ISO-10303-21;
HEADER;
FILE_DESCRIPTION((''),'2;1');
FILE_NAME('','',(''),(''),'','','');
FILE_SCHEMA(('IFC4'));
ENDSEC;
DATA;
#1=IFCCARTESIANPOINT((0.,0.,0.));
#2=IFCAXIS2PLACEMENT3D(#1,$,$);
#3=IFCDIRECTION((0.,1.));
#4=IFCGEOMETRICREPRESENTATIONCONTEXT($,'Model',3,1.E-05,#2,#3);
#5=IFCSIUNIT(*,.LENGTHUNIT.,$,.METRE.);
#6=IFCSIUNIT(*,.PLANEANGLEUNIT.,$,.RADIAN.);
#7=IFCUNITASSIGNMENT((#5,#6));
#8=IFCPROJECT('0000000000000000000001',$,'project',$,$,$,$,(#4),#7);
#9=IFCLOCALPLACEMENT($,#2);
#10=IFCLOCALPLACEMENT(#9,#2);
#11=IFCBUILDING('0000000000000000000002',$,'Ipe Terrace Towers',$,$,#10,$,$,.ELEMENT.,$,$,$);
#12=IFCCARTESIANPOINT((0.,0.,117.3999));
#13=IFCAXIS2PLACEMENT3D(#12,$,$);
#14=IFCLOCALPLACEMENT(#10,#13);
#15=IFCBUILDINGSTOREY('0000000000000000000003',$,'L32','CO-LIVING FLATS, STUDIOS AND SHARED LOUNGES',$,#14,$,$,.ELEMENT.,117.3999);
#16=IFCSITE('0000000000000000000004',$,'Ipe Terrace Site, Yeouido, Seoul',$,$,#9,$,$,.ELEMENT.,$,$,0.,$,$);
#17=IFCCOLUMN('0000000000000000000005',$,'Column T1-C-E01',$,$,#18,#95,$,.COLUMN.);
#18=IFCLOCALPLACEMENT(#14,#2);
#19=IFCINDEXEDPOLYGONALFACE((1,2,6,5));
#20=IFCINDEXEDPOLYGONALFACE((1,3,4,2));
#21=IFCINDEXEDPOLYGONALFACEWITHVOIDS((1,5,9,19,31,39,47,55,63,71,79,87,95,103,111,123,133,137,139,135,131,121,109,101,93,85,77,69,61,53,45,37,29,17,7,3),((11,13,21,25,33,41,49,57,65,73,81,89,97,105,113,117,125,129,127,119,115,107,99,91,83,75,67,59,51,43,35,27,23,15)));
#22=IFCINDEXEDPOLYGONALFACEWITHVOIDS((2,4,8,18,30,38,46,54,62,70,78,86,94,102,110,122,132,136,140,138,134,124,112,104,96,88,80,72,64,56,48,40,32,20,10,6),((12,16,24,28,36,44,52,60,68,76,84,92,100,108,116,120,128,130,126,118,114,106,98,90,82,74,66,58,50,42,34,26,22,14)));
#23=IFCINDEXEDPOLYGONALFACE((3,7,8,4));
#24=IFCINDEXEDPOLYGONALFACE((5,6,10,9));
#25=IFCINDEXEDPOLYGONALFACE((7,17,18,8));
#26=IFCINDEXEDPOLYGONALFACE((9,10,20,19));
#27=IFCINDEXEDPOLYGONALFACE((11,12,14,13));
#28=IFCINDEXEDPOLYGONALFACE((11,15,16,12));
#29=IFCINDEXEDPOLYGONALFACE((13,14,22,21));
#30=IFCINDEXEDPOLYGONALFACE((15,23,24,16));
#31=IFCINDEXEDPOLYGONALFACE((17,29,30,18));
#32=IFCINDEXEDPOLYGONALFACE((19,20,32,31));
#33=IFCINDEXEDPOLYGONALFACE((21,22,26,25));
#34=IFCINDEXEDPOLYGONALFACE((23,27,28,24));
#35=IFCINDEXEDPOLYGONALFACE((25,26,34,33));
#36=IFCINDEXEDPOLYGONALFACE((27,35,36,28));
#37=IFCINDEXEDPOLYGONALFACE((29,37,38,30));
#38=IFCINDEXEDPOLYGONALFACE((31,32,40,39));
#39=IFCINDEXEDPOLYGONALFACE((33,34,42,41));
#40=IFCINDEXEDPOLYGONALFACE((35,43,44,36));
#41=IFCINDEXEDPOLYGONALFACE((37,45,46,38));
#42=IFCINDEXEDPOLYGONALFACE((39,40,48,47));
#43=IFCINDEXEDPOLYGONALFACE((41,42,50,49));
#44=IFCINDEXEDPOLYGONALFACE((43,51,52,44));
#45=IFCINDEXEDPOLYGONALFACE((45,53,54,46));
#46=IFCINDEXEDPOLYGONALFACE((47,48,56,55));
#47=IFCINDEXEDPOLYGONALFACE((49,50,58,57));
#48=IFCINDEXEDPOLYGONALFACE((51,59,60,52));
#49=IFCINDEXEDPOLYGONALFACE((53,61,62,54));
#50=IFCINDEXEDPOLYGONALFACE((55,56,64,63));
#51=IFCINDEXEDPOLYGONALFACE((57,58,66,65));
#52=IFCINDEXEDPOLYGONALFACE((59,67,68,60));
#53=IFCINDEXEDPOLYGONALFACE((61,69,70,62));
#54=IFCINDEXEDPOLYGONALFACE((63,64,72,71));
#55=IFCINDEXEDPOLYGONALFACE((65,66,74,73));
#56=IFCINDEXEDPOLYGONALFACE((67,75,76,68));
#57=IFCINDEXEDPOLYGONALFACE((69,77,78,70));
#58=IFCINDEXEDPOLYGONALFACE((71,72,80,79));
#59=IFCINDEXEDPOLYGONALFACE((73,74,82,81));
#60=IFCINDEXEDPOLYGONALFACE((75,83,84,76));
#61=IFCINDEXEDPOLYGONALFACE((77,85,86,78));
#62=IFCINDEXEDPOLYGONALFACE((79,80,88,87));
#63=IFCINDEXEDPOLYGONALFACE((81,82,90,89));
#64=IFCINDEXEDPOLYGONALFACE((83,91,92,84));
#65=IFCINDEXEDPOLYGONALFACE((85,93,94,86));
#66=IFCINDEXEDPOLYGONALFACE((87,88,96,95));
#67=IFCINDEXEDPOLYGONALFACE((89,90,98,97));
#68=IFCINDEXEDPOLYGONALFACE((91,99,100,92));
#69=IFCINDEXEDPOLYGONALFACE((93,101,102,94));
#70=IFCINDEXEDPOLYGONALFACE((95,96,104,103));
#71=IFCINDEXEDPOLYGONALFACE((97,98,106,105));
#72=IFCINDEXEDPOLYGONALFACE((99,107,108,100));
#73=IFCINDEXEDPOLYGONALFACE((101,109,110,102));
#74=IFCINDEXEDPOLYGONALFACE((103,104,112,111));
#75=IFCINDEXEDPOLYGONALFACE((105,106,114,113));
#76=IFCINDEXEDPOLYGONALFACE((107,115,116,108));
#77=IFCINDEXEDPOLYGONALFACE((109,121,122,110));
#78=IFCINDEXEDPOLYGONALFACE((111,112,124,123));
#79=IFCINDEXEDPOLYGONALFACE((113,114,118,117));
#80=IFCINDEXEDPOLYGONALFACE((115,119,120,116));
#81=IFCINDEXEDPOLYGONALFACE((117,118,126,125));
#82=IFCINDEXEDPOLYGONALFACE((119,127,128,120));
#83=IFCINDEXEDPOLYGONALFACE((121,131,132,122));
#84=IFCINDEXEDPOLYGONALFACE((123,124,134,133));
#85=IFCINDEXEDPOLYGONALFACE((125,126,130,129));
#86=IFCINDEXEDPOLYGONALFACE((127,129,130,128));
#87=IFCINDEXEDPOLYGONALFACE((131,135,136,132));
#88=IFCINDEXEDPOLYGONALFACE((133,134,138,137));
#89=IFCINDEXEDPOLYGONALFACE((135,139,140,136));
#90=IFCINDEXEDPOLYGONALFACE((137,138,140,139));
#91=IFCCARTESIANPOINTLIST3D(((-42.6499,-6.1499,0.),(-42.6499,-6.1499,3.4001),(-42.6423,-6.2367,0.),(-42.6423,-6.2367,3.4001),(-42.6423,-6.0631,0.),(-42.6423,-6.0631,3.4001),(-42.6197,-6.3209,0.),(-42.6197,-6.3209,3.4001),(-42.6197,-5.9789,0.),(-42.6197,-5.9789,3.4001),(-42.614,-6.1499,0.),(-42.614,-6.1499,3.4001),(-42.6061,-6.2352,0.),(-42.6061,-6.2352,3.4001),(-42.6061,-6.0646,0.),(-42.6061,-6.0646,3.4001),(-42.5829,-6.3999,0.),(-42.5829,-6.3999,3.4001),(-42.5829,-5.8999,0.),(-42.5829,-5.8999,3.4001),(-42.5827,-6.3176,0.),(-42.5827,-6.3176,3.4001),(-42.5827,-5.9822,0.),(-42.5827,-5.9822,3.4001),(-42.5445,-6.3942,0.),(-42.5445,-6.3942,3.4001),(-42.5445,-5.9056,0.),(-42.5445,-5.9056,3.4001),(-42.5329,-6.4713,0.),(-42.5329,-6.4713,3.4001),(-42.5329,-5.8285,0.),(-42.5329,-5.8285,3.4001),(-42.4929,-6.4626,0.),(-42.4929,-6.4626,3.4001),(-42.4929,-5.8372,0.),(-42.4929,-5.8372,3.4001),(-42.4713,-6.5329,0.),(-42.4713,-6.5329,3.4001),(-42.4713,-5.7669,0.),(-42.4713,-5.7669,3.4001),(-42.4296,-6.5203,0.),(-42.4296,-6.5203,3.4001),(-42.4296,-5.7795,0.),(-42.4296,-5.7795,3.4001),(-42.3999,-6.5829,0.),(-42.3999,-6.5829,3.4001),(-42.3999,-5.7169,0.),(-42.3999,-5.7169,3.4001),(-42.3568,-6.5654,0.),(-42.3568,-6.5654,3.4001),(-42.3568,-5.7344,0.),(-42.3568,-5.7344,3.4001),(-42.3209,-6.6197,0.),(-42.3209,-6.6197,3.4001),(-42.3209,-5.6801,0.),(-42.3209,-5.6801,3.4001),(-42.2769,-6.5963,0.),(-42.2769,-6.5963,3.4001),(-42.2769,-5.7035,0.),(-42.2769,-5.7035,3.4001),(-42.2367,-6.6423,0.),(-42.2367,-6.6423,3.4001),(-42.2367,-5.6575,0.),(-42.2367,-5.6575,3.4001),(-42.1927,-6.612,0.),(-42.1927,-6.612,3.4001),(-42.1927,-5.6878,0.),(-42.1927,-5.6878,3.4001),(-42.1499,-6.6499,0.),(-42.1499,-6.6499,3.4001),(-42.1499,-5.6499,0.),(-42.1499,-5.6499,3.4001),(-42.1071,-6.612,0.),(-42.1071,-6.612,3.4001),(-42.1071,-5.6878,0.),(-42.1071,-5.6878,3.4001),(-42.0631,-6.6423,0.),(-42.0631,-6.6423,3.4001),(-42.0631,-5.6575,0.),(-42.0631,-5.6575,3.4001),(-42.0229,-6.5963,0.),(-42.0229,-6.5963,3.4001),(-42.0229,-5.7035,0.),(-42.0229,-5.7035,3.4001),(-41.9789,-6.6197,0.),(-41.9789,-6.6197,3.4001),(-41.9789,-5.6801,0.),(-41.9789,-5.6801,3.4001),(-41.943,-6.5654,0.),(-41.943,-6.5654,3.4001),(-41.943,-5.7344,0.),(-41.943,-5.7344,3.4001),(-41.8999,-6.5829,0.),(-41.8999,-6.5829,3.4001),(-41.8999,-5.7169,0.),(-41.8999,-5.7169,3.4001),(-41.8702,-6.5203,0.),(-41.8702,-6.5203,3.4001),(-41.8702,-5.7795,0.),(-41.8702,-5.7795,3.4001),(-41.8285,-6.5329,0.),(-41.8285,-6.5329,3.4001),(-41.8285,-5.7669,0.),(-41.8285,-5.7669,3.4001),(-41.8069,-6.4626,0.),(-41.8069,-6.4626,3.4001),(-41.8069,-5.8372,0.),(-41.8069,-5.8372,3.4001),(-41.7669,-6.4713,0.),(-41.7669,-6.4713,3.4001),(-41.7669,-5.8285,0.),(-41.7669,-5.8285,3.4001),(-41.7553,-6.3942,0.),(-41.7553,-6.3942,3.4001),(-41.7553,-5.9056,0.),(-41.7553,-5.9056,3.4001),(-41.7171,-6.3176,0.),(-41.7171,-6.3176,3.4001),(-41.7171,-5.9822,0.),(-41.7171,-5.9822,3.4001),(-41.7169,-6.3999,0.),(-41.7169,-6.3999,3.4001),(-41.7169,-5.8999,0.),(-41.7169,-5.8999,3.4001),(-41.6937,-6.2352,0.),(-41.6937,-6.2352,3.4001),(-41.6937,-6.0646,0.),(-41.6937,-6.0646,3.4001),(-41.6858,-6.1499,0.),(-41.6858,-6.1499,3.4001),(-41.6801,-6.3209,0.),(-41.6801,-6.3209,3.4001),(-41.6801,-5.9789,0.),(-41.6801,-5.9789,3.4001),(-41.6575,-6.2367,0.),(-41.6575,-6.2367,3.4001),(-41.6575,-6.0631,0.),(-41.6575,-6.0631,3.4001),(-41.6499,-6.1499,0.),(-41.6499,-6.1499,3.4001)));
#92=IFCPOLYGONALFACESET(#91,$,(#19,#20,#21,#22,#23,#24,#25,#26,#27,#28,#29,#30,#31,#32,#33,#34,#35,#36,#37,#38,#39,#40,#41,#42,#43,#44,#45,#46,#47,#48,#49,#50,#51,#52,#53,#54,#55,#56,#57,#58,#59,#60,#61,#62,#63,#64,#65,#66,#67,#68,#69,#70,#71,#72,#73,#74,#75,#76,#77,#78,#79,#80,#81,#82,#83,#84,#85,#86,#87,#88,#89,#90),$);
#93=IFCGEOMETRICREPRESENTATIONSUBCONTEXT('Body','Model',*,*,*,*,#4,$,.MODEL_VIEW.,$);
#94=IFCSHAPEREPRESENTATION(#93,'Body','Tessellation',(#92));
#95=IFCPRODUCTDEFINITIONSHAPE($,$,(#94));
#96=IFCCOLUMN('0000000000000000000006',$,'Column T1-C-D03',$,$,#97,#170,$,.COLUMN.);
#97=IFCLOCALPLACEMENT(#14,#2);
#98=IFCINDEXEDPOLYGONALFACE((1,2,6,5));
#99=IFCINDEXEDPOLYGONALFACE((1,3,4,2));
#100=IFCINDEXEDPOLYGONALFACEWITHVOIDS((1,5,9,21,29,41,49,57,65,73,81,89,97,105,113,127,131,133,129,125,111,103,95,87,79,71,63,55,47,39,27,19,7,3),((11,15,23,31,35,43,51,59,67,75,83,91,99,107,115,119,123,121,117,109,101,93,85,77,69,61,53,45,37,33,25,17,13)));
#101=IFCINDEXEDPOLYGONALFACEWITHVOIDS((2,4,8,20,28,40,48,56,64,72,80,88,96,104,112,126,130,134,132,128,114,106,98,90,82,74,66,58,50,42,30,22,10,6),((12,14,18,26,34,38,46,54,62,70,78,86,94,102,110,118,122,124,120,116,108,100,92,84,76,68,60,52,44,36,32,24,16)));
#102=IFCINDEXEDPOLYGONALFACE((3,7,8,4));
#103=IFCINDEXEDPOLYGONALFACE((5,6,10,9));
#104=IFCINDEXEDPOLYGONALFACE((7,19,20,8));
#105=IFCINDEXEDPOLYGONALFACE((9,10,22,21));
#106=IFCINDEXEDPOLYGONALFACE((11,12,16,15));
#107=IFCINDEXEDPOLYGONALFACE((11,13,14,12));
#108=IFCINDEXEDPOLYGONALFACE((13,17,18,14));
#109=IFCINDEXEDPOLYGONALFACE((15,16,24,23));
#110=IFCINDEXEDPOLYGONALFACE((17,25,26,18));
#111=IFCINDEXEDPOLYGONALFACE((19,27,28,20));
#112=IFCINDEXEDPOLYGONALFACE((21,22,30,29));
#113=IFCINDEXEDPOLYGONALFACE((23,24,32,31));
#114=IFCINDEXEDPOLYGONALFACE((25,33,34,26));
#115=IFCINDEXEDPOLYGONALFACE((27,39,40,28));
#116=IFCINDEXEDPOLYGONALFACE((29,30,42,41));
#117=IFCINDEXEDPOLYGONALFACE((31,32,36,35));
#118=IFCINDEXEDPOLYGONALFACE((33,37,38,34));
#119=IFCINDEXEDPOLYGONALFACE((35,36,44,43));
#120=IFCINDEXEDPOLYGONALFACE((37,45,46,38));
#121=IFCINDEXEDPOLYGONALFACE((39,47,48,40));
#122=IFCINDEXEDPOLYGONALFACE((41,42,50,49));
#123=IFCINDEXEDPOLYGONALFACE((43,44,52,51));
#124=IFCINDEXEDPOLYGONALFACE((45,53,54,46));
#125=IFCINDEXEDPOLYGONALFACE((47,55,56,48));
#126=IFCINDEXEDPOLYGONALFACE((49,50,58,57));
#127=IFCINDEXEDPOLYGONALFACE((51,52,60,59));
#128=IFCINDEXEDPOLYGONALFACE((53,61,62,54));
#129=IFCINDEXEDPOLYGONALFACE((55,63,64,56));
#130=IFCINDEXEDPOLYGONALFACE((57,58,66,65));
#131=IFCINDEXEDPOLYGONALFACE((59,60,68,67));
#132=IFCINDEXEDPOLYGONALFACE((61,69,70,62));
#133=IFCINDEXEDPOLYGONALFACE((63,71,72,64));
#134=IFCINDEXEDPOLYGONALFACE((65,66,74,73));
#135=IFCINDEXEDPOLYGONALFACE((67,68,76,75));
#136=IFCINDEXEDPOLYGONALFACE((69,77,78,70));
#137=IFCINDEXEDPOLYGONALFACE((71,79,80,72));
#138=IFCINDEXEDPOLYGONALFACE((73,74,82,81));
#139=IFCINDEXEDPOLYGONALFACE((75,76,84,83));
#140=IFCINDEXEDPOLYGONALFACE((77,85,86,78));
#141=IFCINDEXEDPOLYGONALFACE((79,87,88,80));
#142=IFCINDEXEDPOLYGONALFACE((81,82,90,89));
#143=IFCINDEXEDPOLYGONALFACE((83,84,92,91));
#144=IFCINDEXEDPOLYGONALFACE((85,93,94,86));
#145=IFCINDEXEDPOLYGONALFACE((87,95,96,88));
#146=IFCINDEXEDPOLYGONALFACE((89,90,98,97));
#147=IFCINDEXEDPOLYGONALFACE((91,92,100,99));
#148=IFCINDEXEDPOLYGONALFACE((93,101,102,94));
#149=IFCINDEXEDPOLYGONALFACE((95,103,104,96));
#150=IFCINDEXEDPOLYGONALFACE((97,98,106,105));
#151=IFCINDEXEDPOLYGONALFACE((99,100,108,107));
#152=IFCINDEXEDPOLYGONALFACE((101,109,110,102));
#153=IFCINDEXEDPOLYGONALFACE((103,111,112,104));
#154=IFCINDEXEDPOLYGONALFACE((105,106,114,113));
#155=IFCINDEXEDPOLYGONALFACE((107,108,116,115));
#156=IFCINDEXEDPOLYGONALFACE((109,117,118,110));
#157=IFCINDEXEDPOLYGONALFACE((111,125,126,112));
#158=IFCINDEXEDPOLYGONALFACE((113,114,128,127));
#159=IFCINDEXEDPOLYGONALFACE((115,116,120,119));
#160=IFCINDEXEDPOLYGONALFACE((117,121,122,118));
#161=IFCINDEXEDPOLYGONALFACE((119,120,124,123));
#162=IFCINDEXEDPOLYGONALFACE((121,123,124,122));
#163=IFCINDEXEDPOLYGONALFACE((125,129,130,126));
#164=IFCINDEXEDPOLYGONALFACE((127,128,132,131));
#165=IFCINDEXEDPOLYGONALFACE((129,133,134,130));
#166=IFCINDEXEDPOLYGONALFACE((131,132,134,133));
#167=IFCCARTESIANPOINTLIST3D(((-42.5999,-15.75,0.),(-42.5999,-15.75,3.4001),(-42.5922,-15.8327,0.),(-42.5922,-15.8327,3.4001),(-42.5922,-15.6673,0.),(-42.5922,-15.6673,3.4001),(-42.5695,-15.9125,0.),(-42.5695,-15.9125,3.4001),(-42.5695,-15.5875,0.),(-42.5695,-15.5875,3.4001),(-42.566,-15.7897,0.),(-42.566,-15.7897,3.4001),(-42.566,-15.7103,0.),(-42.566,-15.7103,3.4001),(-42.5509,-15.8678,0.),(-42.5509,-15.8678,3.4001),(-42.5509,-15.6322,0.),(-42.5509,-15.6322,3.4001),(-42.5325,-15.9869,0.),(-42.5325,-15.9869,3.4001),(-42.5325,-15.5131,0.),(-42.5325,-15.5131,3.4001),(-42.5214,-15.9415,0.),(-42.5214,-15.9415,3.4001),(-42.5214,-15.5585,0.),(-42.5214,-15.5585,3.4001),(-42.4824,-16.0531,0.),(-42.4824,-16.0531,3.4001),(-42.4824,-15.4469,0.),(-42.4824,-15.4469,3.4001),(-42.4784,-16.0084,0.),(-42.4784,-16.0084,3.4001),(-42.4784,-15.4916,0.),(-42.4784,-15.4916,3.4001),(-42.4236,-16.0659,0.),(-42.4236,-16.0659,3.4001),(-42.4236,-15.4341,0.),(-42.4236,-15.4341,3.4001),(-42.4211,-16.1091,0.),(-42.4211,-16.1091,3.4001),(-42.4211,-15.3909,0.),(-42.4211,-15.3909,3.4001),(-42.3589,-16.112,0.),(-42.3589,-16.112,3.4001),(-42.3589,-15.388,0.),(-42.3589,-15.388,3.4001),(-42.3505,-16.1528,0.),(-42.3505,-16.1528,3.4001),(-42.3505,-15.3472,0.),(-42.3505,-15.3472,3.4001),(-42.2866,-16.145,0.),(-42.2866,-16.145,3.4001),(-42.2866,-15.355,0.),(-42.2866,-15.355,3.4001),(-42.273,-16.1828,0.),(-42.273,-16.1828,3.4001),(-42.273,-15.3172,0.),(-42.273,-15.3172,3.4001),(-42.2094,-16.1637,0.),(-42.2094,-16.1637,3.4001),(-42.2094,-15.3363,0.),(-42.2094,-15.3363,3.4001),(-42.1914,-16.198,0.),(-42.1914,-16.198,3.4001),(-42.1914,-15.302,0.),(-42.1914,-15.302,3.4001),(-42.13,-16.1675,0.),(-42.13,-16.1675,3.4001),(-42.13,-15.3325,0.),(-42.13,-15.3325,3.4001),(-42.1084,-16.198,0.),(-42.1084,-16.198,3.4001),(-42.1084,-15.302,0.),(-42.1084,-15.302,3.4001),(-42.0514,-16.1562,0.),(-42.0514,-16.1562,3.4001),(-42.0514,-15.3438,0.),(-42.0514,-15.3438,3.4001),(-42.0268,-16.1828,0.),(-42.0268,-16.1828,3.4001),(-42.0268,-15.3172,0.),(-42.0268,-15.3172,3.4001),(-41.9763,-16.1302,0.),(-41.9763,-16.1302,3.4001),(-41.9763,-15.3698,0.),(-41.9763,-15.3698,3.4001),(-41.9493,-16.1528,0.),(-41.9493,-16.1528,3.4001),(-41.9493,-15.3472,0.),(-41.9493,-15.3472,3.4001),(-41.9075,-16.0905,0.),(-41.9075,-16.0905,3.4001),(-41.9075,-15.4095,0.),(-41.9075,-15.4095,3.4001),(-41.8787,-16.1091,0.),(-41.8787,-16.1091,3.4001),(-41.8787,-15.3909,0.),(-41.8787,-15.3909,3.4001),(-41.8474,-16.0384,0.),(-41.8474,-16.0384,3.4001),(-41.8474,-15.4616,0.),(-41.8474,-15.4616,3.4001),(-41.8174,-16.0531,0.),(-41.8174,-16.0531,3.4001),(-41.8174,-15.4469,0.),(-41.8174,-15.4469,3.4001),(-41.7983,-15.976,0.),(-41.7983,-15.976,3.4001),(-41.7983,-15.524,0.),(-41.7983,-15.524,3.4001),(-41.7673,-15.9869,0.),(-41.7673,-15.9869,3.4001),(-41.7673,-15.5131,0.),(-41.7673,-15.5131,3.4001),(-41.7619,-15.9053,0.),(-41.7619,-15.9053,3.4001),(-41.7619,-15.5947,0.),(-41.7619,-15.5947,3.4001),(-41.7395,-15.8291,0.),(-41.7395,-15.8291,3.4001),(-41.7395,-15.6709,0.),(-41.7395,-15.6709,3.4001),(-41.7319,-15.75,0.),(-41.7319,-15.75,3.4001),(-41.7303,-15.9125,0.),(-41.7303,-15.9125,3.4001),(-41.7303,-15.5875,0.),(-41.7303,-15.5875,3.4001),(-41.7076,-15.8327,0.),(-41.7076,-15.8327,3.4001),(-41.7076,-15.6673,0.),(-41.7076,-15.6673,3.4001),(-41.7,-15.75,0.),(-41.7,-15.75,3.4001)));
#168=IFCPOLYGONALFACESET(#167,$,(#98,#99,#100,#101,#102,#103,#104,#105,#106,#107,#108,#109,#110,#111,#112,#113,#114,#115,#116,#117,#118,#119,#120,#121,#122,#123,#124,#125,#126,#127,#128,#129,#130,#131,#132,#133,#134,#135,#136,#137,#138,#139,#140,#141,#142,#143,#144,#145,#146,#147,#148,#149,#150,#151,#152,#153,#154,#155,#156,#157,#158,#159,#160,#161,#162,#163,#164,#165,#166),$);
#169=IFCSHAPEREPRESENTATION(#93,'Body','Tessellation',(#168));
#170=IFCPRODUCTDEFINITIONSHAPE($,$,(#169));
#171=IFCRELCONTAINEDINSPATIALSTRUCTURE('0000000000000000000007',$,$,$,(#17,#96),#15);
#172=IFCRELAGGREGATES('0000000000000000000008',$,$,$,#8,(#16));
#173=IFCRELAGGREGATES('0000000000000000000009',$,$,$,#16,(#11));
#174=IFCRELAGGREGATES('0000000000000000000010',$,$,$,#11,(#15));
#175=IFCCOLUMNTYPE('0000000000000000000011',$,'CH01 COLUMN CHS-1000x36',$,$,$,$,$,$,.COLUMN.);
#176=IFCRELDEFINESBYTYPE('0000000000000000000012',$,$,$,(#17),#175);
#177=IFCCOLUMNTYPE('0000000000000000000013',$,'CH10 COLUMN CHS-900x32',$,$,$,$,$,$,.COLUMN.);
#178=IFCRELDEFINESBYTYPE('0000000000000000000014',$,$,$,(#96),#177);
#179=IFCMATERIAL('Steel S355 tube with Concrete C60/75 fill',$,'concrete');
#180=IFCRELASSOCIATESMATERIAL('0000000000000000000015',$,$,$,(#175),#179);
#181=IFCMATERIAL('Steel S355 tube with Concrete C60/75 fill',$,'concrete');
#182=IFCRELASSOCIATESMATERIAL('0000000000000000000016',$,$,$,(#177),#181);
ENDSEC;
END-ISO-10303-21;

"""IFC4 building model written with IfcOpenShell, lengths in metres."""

from ifc_helpers import new_model, si_unit, direction, frame, origin, origin_2d, place, context, subcontext, project, spatial, hollow_circle, extrude, material, material_profile, profile_set, type_object, element, save


model = new_model("IFC4")

# Units and contexts
model_context = context("Model", 3, precision=1e-05, world=origin(), true_north=direction((0.0, 1.0)))
body_context = subcontext(model_context, "Body", "Model", "MODEL_VIEW")
ifc_project = project(units=[si_unit("LENGTHUNIT", "METRE"), si_unit("PLANEANGLEUNIT", "RADIAN")], contexts=[model_context])

# Site, building, storey
site_placement = place(None, origin())
site = spatial("IfcSite", under=ifc_project, at=site_placement, Name="Ipe Terrace Site, Yeouido, Seoul", CompositionType="ELEMENT", RefElevation=0.0)
building_placement = place(site_placement, origin())
building = spatial("IfcBuilding", under=site, at=building_placement, Name="Ipe Terrace Towers", CompositionType="ELEMENT")
storey_placement = place(building_placement, frame((0.0, 0.0, 117.3999)))
storey = spatial("IfcBuildingStorey", under=building, at=storey_placement, Name="L32", Description="CO-LIVING FLATS, STUDIOS AND SHARED LOUNGES", CompositionType="ELEMENT", Elevation=117.3999)

# Columns
ifc_material_1 = material(Name="Steel S355 tube with Concrete C60/75 fill", Category="concrete")
ifc_material_profile_1 = material_profile(ifc_material_1, hollow_circle(Radius=0.5, WallThickness=0.0359, at=origin_2d()), Name="CHS-1000x36")
ifc_profile_set_1 = profile_set([ifc_material_profile_1], Name="Steel S355 tube with Concrete C60/75 fill")
column_type_1 = type_object("IfcColumnType", Name="CH01 COLUMN CHS-1000x36", PredefinedType="COLUMN", material=ifc_profile_set_1)
column_placement = place(storey_placement, frame((-42.1499, -6.1499, 0.0), z_axis=(0.0, 0.0, 1.0), x_axis=(1.0, 0.0, 0.0)))
element("IfcColumn", 1, at=column_placement, inside=storey, type_object=column_type_1, Name="Column T1-C-E01", PredefinedType="COLUMN", context=body_context, shape_type="SweptSolid", body=[
    extrude(hollow_circle(Radius=0.5, WallThickness=0.0359, at=origin_2d()), origin(), (0.0, 0.0, 1.0), 3.4001),
])
ifc_material_2 = material(Name="Steel S355 tube with Concrete C60/75 fill", Category="concrete")
ifc_material_profile_2 = material_profile(ifc_material_2, hollow_circle(Radius=0.45, WallThickness=0.032, at=origin_2d()), Name="CHS-900x32")
ifc_profile_set_2 = profile_set([ifc_material_profile_2], Name="Steel S355 tube with Concrete C60/75 fill")
column_type_2 = type_object("IfcColumnType", Name="CH10 COLUMN CHS-900x32", PredefinedType="COLUMN", material=ifc_profile_set_2)
for number, where, z_axis, x_axis, name in (
    (2, (-42.1499, -15.75, 0.0), (0.0, 0.0, 1.0), (1.0, 0.0, 0.0), "Column T1-C-D03"),
):
    element("IfcColumn", number, at=place(storey_placement, frame(where, z_axis=z_axis, x_axis=x_axis)), inside=storey, type_object=column_type_2, Name=name, PredefinedType="COLUMN", context=body_context, shape_type="SweptSolid", body=[
        extrude(hollow_circle(Radius=0.45, WallThickness=0.032, at=origin_2d()), origin(), (0.0, 0.0, 1.0), 3.4001),
    ])

save(model, "model.ifc")
